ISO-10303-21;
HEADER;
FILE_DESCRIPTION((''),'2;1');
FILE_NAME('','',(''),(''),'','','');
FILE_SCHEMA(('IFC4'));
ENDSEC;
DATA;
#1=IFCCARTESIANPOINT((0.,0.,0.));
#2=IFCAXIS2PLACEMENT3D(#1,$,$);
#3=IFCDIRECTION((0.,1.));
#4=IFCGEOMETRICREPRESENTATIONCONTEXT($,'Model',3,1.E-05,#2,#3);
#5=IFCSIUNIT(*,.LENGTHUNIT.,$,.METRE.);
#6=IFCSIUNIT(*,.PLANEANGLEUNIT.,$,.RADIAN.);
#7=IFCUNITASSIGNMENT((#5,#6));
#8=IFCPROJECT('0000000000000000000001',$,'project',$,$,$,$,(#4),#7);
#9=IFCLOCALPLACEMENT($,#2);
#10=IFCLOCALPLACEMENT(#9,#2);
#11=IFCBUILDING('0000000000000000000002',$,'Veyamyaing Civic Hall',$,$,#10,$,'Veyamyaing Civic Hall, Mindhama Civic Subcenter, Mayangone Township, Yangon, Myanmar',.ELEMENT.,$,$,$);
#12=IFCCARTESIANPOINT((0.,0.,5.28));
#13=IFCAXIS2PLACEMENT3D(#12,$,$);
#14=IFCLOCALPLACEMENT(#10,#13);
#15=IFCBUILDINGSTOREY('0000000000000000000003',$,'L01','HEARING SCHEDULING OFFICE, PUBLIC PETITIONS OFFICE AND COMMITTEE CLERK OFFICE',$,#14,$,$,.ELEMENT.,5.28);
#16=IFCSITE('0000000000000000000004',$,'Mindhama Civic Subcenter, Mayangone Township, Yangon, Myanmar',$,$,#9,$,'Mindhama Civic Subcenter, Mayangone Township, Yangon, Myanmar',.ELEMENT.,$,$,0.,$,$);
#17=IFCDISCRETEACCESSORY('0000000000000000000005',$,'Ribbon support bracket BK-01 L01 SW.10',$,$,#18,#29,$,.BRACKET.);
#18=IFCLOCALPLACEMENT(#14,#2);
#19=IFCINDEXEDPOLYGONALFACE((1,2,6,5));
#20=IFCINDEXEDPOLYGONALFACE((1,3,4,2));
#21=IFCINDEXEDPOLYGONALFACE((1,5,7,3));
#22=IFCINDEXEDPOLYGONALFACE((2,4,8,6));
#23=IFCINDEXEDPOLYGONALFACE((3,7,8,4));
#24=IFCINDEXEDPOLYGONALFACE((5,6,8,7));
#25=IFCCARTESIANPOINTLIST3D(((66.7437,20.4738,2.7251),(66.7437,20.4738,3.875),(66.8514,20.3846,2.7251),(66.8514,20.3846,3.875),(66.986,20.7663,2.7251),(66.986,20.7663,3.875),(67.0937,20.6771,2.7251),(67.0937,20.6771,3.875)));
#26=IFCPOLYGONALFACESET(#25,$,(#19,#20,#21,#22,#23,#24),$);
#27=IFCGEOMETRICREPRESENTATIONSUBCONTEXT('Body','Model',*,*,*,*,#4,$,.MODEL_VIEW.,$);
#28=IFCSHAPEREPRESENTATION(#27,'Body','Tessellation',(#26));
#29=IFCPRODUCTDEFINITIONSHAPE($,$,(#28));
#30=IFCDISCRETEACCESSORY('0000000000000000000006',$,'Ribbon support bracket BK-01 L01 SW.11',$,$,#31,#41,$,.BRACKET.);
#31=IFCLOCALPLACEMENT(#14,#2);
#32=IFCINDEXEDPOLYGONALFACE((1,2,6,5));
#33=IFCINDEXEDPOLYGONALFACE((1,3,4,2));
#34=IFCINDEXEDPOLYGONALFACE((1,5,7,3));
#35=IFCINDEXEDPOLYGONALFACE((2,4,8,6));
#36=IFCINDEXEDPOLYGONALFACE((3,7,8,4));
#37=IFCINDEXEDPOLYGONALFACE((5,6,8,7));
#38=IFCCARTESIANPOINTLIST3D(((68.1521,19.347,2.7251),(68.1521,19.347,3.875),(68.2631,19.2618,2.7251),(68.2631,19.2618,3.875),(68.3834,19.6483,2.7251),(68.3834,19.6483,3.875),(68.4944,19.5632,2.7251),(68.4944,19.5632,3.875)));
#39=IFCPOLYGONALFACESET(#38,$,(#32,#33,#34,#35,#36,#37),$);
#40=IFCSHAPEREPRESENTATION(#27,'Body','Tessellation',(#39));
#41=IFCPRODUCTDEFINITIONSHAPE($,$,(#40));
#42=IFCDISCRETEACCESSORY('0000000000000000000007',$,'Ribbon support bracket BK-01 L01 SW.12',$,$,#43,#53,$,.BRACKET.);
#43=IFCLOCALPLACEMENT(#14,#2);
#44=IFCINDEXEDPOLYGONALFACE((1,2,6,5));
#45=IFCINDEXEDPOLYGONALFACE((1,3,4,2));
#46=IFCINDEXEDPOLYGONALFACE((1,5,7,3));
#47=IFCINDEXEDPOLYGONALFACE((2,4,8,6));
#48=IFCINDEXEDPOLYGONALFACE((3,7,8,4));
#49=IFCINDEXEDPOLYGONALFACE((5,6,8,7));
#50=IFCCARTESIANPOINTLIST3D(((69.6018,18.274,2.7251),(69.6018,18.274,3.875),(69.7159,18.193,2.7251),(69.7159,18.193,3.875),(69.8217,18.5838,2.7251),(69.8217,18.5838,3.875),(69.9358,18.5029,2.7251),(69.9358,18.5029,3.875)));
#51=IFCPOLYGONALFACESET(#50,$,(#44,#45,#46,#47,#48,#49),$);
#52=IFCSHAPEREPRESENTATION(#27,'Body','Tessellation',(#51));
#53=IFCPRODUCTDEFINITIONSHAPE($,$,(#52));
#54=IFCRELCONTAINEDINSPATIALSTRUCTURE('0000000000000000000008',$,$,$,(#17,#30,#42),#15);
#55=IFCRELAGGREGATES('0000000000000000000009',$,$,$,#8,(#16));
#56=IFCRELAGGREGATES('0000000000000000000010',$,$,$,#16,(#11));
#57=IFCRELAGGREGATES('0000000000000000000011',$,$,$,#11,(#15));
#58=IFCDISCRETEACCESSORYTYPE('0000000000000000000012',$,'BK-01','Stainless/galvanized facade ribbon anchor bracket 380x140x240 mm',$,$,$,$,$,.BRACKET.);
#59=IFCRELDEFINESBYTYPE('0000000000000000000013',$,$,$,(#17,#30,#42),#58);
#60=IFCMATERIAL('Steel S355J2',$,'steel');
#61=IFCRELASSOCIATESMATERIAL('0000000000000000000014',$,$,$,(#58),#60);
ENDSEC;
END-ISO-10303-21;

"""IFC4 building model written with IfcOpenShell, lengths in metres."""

from ifc_helpers import new_model, si_unit, direction, frame, origin, origin_2d, place, context, subcontext, project, spatial, rectangle, extrude, material, type_object, element, save


model = new_model("IFC4")

# Units and contexts
model_context = context("Model", 3, precision=1e-05, world=origin(), true_north=direction((0.0, 1.0)))
body_context = subcontext(model_context, "Body", "Model", "MODEL_VIEW")
ifc_project = project(units=[si_unit("LENGTHUNIT", "METRE"), si_unit("PLANEANGLEUNIT", "RADIAN")], contexts=[model_context])

# Site, building, storey
site_placement = place(None, origin())
site = spatial("IfcSite", under=ifc_project, at=site_placement, Name="Mindhama Civic Subcenter, Mayangone Township, Yangon, Myanmar", LongName="Mindhama Civic Subcenter, Mayangone Township, Yangon, Myanmar", CompositionType="ELEMENT", RefElevation=0.0)
building_placement = place(site_placement, origin())
building = spatial("IfcBuilding", under=site, at=building_placement, Name="Veyamyaing Civic Hall", LongName="Veyamyaing Civic Hall, Mindhama Civic Subcenter, Mayangone Township, Yangon, Myanmar", CompositionType="ELEMENT")
storey_placement = place(building_placement, frame((0.0, 0.0, 5.28)))
storey = spatial("IfcBuildingStorey", under=building, at=storey_placement, Name="L01", Description="HEARING SCHEDULING OFFICE, PUBLIC PETITIONS OFFICE AND COMMITTEE CLERK OFFICE", CompositionType="ELEMENT", Elevation=5.28)

# Discrete accessories
ifc_material_1 = material(Name="Steel S355J2", Category="steel")
discrete_accessory_type = type_object("IfcDiscreteAccessoryType", Name="BK-01", Description="Stainless/galvanized facade ribbon anchor bracket 380x140x240 mm", PredefinedType="BRACKET", material=ifc_material_1)
for number, where, z_axis, x_axis, name in (
    (1, (66.9187, 20.5754, 2.7251), (0.0, 0.0, 1.0), (-0.638, -0.770036, 0.0), "Ribbon support bracket BK-01 L01 SW.10"),
    (2, (68.3232, 19.4551, 2.7251), (0.0, 0.0, 1.0), (-0.608761, -0.793353, 0.0), "Ribbon support bracket BK-01 L01 SW.11"),
    (3, (69.7688, 18.3884, 2.7251), (0.0, 0.0, 1.0), (-0.578671, -0.815561, 0.0), "Ribbon support bracket BK-01 L01 SW.12"),
):
    element("IfcDiscreteAccessory", number, at=place(storey_placement, frame(where, z_axis=z_axis, x_axis=x_axis)), inside=storey, type_object=discrete_accessory_type, Name=name, PredefinedType="BRACKET", context=body_context, shape_type="SweptSolid", body=[
        extrude(rectangle(XDim=0.3799, YDim=0.1399, at=origin_2d()), origin(), (0.0, 0.0, 1.0), 1.1499),
    ])

save(model, "model.ifc")
